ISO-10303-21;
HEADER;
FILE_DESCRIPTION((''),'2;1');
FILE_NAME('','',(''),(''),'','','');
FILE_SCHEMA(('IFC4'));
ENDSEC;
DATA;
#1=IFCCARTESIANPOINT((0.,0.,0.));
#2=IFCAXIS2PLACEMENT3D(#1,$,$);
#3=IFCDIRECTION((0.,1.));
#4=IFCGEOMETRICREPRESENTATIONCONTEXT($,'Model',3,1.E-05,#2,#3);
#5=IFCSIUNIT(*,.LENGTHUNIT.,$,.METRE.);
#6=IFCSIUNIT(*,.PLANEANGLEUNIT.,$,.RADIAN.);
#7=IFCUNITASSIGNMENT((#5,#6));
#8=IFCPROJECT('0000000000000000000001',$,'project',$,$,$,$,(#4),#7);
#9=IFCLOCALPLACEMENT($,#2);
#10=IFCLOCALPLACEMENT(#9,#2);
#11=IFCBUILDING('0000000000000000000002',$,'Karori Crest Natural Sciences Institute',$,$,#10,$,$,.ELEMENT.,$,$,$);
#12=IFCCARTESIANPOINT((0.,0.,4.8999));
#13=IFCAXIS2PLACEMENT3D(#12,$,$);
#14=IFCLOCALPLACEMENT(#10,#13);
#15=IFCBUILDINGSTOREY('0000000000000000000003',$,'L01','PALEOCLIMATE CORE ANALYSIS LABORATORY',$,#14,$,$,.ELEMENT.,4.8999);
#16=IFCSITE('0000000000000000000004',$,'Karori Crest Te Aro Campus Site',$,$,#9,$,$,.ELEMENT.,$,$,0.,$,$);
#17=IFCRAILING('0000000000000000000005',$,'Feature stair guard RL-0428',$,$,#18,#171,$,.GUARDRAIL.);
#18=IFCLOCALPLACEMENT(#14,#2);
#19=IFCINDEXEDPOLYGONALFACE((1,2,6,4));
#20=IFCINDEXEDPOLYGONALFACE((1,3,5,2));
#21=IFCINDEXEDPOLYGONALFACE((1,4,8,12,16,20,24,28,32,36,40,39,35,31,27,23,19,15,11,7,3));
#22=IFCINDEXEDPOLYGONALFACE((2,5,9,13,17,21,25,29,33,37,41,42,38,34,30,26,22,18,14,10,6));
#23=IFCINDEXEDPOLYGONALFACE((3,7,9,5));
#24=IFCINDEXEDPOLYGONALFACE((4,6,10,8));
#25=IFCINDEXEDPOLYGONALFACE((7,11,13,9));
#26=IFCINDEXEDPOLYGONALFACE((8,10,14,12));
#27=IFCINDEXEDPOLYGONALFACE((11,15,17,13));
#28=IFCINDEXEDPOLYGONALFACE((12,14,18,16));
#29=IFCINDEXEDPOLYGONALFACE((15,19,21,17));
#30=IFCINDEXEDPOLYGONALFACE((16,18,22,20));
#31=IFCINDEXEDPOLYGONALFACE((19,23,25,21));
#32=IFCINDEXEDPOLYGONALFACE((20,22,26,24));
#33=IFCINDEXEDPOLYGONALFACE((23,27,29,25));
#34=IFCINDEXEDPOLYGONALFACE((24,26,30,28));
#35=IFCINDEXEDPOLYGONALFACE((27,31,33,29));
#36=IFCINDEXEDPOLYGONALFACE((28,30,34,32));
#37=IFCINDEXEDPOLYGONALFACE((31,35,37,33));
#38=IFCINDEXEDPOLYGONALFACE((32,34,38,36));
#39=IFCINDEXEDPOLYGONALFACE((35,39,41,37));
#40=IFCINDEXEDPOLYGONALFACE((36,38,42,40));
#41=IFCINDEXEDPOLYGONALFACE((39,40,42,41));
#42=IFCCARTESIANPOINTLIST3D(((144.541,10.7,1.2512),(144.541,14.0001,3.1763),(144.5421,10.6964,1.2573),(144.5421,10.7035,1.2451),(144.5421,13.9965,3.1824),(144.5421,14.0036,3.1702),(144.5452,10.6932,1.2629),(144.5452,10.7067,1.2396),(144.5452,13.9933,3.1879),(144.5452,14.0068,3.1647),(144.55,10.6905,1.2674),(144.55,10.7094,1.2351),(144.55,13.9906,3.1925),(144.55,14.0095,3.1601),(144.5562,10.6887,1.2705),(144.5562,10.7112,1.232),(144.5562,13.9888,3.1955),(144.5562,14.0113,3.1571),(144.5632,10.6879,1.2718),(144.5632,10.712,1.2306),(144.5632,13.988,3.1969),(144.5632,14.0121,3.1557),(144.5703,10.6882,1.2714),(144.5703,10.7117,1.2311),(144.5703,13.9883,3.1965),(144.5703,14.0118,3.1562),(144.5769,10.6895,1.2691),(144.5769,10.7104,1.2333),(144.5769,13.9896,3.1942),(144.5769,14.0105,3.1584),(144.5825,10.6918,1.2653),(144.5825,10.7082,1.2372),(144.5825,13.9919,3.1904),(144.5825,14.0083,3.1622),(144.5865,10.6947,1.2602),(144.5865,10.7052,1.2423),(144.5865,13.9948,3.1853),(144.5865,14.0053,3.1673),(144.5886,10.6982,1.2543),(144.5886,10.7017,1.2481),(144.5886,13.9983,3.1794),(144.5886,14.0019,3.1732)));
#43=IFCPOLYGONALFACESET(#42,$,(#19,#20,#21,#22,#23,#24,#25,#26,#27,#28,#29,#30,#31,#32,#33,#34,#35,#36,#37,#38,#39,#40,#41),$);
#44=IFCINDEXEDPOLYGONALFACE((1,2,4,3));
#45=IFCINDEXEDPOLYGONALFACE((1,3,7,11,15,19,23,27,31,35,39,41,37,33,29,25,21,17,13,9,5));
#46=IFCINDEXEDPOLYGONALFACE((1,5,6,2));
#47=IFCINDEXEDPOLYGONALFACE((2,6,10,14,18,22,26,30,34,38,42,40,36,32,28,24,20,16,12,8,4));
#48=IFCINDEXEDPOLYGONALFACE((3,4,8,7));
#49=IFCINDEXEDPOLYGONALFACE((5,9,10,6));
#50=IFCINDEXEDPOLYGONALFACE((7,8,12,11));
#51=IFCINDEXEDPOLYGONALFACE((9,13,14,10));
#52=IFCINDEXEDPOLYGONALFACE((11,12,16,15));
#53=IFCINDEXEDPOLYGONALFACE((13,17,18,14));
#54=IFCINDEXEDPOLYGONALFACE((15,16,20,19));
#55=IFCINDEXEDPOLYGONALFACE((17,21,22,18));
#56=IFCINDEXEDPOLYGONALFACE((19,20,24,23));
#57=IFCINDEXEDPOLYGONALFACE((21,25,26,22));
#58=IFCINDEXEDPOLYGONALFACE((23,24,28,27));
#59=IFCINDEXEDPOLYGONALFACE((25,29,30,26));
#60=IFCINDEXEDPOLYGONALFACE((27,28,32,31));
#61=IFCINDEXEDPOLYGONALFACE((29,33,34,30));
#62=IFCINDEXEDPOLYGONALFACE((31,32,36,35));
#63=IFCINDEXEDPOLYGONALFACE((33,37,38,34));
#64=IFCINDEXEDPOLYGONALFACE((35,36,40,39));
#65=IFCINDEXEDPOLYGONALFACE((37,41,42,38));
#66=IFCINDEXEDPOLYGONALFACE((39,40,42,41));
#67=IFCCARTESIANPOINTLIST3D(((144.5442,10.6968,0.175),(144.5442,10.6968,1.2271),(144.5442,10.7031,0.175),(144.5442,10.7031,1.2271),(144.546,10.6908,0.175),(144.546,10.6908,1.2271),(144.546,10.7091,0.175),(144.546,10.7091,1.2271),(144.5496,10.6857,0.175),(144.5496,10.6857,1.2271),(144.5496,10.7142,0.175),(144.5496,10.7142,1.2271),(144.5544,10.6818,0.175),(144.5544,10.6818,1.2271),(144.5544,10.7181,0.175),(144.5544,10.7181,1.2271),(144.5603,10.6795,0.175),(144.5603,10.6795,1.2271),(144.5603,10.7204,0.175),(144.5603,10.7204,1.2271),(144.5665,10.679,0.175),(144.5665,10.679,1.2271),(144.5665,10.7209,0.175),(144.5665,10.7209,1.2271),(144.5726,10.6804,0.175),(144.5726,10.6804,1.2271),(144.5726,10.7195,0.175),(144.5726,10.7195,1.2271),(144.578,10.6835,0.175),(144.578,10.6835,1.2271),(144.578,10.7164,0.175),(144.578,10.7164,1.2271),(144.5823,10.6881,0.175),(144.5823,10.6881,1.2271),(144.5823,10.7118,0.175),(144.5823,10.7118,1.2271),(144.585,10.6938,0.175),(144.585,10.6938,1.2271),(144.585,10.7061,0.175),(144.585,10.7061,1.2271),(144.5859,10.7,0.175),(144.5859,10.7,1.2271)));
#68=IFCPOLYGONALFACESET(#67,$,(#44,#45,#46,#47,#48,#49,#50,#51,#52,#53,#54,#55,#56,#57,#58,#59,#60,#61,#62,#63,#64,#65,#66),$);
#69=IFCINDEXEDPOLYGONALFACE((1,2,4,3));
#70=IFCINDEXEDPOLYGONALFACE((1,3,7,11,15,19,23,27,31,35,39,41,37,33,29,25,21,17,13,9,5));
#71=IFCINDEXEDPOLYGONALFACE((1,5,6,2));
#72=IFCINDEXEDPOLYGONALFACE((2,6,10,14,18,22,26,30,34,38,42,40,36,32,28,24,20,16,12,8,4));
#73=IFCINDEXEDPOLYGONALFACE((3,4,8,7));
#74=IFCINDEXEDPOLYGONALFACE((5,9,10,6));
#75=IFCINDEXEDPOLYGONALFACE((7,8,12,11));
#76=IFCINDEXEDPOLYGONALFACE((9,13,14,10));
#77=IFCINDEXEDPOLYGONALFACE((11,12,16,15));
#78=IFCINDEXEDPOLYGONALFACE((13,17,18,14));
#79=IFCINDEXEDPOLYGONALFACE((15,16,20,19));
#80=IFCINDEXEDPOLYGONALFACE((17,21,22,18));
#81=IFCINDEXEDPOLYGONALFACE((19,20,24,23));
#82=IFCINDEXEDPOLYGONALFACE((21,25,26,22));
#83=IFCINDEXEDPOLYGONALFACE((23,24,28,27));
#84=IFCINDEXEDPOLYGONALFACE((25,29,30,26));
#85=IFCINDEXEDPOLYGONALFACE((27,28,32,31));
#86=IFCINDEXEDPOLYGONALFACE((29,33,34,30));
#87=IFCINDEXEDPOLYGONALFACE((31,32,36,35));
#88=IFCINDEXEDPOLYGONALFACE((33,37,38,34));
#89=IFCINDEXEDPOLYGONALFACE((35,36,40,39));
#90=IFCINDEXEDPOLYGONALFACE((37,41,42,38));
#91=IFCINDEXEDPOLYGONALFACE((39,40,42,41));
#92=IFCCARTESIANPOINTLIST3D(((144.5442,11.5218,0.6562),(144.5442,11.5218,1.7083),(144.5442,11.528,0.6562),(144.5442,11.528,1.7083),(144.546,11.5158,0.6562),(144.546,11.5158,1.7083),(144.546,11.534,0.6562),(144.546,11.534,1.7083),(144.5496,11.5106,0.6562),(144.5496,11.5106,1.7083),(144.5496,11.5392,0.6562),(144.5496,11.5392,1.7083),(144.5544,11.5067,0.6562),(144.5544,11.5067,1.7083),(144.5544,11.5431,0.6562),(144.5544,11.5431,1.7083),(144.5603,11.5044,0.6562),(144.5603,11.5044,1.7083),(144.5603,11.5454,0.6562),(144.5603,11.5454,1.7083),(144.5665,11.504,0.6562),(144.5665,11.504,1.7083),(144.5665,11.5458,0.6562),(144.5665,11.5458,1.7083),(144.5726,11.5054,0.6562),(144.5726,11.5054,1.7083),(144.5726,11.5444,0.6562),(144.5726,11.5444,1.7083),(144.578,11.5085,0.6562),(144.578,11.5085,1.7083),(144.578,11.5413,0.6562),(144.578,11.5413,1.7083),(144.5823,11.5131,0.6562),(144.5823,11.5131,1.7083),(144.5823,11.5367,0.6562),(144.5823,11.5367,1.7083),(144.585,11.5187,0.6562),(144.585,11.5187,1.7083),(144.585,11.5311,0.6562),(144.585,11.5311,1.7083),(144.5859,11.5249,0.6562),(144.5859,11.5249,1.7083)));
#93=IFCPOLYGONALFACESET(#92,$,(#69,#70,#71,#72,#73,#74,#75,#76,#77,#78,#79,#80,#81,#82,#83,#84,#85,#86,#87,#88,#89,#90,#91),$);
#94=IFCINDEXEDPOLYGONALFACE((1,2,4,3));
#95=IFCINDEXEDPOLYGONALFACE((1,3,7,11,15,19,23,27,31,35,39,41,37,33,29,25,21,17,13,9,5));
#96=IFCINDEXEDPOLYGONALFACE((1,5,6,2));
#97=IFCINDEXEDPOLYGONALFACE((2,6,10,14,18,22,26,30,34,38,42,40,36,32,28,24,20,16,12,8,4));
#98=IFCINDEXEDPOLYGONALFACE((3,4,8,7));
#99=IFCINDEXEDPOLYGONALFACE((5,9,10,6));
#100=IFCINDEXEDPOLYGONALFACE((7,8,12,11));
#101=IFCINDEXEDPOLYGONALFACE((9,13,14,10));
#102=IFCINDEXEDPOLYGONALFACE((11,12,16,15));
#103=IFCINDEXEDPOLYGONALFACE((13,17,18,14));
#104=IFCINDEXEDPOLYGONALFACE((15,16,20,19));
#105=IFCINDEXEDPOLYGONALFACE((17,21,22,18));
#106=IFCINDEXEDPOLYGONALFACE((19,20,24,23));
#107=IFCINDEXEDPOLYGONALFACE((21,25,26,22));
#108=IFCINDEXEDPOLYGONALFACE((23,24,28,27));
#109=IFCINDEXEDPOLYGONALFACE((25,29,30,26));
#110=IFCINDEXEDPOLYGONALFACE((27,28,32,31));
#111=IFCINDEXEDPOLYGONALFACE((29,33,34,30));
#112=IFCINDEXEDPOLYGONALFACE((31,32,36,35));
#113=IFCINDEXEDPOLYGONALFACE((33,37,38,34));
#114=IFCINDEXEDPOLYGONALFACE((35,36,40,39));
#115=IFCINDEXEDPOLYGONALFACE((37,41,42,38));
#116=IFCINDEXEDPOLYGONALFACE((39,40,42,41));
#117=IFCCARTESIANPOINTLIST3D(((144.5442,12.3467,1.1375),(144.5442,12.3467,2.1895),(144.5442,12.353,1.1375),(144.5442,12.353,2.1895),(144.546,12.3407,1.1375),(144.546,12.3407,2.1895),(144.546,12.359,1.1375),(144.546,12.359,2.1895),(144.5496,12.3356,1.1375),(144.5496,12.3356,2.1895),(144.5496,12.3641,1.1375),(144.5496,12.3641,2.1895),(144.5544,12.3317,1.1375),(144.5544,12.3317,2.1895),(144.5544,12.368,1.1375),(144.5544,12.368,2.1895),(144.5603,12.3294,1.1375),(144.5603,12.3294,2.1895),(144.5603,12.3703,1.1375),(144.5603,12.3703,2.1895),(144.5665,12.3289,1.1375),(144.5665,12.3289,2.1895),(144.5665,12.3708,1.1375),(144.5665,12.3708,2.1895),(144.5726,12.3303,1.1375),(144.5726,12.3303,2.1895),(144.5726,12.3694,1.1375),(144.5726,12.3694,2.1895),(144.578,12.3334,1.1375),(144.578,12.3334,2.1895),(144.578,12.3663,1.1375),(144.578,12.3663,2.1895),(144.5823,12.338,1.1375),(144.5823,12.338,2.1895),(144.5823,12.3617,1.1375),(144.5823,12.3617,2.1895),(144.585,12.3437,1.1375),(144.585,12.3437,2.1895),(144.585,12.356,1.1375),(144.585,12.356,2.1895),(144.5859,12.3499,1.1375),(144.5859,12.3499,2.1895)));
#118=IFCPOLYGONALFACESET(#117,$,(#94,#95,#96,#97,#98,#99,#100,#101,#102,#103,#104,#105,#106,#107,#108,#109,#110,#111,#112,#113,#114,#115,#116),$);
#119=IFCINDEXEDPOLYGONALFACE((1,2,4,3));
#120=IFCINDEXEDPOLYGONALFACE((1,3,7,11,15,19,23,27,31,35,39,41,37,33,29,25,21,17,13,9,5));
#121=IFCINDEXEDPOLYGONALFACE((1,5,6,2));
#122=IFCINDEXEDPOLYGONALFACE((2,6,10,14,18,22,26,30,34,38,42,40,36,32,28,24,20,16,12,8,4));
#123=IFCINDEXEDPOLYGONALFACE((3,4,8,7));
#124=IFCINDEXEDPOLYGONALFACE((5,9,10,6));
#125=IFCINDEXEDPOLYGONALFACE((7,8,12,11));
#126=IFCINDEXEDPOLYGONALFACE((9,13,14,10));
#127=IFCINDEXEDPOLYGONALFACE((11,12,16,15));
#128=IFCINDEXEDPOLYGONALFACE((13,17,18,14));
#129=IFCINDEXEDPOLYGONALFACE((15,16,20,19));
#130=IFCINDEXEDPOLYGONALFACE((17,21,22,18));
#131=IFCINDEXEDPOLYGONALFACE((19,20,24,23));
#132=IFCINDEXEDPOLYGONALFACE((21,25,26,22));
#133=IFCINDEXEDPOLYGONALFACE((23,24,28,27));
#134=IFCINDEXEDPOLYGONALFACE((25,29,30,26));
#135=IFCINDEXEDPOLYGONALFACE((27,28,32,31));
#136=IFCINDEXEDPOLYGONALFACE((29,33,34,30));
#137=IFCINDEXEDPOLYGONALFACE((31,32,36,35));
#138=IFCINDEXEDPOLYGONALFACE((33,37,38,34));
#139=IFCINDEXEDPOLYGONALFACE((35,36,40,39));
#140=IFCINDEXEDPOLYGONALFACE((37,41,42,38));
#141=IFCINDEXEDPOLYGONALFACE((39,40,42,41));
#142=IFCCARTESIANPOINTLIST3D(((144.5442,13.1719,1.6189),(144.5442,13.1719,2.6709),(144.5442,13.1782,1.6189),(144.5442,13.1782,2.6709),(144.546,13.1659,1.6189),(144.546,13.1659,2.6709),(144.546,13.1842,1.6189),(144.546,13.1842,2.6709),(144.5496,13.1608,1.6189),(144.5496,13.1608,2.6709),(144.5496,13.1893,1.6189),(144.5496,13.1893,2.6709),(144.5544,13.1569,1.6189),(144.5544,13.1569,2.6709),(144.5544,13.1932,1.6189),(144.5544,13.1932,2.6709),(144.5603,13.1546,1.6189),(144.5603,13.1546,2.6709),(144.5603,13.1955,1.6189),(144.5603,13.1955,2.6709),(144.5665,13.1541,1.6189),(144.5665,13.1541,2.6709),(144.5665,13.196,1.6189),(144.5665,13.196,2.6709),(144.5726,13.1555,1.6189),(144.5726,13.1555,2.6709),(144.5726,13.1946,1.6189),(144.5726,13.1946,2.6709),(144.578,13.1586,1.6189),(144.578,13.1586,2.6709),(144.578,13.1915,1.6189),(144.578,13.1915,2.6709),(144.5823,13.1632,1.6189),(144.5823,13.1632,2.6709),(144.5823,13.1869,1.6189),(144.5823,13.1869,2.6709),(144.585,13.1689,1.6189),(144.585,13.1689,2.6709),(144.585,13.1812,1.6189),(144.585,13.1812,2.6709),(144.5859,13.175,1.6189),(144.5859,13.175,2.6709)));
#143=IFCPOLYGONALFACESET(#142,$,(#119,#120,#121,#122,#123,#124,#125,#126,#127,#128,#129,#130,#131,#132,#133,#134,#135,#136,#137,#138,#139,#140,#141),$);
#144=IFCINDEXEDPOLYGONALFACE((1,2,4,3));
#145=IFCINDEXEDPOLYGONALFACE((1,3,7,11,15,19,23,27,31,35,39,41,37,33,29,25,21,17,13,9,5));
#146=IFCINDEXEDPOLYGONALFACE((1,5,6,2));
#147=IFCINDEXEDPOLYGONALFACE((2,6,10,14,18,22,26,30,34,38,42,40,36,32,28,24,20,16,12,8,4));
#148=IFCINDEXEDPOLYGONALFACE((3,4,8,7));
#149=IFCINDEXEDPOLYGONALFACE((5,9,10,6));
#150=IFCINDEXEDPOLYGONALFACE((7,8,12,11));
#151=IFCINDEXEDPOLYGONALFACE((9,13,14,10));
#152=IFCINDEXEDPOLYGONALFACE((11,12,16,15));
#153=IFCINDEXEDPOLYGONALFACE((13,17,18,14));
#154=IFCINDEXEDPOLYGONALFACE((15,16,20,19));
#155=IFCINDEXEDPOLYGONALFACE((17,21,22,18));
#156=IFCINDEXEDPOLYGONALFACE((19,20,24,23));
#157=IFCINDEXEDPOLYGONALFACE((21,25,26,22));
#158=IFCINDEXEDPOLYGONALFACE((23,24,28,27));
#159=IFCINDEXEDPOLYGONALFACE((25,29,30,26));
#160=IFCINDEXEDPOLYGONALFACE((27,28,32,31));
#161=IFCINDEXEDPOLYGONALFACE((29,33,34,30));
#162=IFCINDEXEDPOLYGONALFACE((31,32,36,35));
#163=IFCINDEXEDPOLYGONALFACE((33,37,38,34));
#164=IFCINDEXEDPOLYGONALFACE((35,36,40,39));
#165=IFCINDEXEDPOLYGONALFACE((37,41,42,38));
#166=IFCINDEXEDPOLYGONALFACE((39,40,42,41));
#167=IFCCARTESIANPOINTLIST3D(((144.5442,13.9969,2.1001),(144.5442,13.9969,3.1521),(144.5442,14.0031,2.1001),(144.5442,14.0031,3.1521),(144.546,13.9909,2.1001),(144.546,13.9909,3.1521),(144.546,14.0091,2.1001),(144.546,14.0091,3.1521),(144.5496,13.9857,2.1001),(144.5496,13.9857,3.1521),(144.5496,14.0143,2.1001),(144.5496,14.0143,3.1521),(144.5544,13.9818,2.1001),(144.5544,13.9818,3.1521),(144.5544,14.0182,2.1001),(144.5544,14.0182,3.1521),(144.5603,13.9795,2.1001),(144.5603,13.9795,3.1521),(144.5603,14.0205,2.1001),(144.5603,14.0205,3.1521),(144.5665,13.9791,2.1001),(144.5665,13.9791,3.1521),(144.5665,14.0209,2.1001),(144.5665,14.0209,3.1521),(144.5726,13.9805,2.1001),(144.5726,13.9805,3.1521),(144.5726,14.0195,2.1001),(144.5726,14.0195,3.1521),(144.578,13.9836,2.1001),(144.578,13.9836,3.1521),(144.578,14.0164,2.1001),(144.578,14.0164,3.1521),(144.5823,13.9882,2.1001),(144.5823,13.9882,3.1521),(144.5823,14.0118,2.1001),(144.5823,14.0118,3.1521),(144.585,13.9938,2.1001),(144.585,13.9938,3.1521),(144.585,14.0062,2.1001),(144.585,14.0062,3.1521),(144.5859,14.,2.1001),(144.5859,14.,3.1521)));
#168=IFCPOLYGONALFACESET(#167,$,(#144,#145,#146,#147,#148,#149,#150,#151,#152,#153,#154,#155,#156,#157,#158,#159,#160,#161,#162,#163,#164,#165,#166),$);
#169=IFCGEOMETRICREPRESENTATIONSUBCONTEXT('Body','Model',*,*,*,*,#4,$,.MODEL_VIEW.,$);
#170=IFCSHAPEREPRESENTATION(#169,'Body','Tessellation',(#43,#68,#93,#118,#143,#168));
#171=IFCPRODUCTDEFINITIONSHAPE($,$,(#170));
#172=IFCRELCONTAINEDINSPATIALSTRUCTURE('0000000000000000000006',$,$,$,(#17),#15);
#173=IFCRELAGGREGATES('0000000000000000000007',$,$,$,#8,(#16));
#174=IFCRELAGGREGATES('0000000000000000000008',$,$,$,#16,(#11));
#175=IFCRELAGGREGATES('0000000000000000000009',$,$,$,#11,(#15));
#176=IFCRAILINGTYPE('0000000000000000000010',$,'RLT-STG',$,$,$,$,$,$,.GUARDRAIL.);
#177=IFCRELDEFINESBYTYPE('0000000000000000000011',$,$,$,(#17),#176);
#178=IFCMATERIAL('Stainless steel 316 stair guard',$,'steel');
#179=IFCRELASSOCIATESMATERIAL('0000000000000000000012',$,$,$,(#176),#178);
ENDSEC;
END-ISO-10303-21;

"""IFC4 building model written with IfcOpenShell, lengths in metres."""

from ifc_helpers import new_model, si_unit, direction, frame, origin, origin_2d, place, context, subcontext, project, spatial, circle, extrude, material, type_object, element, save


model = new_model("IFC4")

# Units and contexts
model_context = context("Model", 3, precision=1e-05, world=origin(), true_north=direction((0.0, 1.0)))
body_context = subcontext(model_context, "Body", "Model", "MODEL_VIEW")
ifc_project = project(units=[si_unit("LENGTHUNIT", "METRE"), si_unit("PLANEANGLEUNIT", "RADIAN")], contexts=[model_context])

# Site, building, storey
site_placement = place(None, origin())
site = spatial("IfcSite", under=ifc_project, at=site_placement, Name="Karori Crest Te Aro Campus Site", CompositionType="ELEMENT", RefElevation=0.0)
building_placement = place(site_placement, origin())
building = spatial("IfcBuilding", under=site, at=building_placement, Name="Karori Crest Natural Sciences Institute", CompositionType="ELEMENT")
storey_placement = place(building_placement, frame((0.0, 0.0, 4.8999)))
storey = spatial("IfcBuildingStorey", under=building, at=storey_placement, Name="L01", Description="PALEOCLIMATE CORE ANALYSIS LABORATORY", CompositionType="ELEMENT", Elevation=4.8999)

# Railing
ifc_material_1 = material(Name="Stainless steel 316 stair guard", Category="steel")
railing_type = type_object("IfcRailingType", Name="RLT-STG", PredefinedType="GUARDRAIL", material=ifc_material_1)
railing_placement = place(storey_placement, frame((144.5649, 10.7, 0.175)))
element("IfcRailing", 1, at=railing_placement, inside=storey, type_object=railing_type, Name="Feature stair guard RL-0428", PredefinedType="GUARDRAIL", context=body_context, shape_type="SweptSolid", body=[
    extrude(circle(Radius=0.0239, at=origin_2d()), frame((0.0, 0.0, 1.0762), z_axis=(0.0, 0.863777, 0.503875), x_axis=(-1.0, 0.0, 0.0)), (0.0, 0.0, 1.0), 3.8206),
    extrude(circle(Radius=0.021, at=origin_2d()), origin(), (0.0, 0.0, 1.0), 1.052),
    extrude(circle(Radius=0.021, at=origin_2d()), frame((0.0, 0.825, 0.4812)), (0.0, 0.0, 1.0), 1.052),
    extrude(circle(Radius=0.021, at=origin_2d()), frame((0.0, 1.6499, 0.9624)), (0.0, 0.0, 1.0), 1.052),
    extrude(circle(Radius=0.021, at=origin_2d()), frame((0.0, 2.4751, 1.4438)), (0.0, 0.0, 1.0), 1.052),
    extrude(circle(Radius=0.021, at=origin_2d()), frame((0.0, 3.3, 1.925)), (0.0, 0.0, 1.0), 1.052),
])

save(model, "model.ifc")
